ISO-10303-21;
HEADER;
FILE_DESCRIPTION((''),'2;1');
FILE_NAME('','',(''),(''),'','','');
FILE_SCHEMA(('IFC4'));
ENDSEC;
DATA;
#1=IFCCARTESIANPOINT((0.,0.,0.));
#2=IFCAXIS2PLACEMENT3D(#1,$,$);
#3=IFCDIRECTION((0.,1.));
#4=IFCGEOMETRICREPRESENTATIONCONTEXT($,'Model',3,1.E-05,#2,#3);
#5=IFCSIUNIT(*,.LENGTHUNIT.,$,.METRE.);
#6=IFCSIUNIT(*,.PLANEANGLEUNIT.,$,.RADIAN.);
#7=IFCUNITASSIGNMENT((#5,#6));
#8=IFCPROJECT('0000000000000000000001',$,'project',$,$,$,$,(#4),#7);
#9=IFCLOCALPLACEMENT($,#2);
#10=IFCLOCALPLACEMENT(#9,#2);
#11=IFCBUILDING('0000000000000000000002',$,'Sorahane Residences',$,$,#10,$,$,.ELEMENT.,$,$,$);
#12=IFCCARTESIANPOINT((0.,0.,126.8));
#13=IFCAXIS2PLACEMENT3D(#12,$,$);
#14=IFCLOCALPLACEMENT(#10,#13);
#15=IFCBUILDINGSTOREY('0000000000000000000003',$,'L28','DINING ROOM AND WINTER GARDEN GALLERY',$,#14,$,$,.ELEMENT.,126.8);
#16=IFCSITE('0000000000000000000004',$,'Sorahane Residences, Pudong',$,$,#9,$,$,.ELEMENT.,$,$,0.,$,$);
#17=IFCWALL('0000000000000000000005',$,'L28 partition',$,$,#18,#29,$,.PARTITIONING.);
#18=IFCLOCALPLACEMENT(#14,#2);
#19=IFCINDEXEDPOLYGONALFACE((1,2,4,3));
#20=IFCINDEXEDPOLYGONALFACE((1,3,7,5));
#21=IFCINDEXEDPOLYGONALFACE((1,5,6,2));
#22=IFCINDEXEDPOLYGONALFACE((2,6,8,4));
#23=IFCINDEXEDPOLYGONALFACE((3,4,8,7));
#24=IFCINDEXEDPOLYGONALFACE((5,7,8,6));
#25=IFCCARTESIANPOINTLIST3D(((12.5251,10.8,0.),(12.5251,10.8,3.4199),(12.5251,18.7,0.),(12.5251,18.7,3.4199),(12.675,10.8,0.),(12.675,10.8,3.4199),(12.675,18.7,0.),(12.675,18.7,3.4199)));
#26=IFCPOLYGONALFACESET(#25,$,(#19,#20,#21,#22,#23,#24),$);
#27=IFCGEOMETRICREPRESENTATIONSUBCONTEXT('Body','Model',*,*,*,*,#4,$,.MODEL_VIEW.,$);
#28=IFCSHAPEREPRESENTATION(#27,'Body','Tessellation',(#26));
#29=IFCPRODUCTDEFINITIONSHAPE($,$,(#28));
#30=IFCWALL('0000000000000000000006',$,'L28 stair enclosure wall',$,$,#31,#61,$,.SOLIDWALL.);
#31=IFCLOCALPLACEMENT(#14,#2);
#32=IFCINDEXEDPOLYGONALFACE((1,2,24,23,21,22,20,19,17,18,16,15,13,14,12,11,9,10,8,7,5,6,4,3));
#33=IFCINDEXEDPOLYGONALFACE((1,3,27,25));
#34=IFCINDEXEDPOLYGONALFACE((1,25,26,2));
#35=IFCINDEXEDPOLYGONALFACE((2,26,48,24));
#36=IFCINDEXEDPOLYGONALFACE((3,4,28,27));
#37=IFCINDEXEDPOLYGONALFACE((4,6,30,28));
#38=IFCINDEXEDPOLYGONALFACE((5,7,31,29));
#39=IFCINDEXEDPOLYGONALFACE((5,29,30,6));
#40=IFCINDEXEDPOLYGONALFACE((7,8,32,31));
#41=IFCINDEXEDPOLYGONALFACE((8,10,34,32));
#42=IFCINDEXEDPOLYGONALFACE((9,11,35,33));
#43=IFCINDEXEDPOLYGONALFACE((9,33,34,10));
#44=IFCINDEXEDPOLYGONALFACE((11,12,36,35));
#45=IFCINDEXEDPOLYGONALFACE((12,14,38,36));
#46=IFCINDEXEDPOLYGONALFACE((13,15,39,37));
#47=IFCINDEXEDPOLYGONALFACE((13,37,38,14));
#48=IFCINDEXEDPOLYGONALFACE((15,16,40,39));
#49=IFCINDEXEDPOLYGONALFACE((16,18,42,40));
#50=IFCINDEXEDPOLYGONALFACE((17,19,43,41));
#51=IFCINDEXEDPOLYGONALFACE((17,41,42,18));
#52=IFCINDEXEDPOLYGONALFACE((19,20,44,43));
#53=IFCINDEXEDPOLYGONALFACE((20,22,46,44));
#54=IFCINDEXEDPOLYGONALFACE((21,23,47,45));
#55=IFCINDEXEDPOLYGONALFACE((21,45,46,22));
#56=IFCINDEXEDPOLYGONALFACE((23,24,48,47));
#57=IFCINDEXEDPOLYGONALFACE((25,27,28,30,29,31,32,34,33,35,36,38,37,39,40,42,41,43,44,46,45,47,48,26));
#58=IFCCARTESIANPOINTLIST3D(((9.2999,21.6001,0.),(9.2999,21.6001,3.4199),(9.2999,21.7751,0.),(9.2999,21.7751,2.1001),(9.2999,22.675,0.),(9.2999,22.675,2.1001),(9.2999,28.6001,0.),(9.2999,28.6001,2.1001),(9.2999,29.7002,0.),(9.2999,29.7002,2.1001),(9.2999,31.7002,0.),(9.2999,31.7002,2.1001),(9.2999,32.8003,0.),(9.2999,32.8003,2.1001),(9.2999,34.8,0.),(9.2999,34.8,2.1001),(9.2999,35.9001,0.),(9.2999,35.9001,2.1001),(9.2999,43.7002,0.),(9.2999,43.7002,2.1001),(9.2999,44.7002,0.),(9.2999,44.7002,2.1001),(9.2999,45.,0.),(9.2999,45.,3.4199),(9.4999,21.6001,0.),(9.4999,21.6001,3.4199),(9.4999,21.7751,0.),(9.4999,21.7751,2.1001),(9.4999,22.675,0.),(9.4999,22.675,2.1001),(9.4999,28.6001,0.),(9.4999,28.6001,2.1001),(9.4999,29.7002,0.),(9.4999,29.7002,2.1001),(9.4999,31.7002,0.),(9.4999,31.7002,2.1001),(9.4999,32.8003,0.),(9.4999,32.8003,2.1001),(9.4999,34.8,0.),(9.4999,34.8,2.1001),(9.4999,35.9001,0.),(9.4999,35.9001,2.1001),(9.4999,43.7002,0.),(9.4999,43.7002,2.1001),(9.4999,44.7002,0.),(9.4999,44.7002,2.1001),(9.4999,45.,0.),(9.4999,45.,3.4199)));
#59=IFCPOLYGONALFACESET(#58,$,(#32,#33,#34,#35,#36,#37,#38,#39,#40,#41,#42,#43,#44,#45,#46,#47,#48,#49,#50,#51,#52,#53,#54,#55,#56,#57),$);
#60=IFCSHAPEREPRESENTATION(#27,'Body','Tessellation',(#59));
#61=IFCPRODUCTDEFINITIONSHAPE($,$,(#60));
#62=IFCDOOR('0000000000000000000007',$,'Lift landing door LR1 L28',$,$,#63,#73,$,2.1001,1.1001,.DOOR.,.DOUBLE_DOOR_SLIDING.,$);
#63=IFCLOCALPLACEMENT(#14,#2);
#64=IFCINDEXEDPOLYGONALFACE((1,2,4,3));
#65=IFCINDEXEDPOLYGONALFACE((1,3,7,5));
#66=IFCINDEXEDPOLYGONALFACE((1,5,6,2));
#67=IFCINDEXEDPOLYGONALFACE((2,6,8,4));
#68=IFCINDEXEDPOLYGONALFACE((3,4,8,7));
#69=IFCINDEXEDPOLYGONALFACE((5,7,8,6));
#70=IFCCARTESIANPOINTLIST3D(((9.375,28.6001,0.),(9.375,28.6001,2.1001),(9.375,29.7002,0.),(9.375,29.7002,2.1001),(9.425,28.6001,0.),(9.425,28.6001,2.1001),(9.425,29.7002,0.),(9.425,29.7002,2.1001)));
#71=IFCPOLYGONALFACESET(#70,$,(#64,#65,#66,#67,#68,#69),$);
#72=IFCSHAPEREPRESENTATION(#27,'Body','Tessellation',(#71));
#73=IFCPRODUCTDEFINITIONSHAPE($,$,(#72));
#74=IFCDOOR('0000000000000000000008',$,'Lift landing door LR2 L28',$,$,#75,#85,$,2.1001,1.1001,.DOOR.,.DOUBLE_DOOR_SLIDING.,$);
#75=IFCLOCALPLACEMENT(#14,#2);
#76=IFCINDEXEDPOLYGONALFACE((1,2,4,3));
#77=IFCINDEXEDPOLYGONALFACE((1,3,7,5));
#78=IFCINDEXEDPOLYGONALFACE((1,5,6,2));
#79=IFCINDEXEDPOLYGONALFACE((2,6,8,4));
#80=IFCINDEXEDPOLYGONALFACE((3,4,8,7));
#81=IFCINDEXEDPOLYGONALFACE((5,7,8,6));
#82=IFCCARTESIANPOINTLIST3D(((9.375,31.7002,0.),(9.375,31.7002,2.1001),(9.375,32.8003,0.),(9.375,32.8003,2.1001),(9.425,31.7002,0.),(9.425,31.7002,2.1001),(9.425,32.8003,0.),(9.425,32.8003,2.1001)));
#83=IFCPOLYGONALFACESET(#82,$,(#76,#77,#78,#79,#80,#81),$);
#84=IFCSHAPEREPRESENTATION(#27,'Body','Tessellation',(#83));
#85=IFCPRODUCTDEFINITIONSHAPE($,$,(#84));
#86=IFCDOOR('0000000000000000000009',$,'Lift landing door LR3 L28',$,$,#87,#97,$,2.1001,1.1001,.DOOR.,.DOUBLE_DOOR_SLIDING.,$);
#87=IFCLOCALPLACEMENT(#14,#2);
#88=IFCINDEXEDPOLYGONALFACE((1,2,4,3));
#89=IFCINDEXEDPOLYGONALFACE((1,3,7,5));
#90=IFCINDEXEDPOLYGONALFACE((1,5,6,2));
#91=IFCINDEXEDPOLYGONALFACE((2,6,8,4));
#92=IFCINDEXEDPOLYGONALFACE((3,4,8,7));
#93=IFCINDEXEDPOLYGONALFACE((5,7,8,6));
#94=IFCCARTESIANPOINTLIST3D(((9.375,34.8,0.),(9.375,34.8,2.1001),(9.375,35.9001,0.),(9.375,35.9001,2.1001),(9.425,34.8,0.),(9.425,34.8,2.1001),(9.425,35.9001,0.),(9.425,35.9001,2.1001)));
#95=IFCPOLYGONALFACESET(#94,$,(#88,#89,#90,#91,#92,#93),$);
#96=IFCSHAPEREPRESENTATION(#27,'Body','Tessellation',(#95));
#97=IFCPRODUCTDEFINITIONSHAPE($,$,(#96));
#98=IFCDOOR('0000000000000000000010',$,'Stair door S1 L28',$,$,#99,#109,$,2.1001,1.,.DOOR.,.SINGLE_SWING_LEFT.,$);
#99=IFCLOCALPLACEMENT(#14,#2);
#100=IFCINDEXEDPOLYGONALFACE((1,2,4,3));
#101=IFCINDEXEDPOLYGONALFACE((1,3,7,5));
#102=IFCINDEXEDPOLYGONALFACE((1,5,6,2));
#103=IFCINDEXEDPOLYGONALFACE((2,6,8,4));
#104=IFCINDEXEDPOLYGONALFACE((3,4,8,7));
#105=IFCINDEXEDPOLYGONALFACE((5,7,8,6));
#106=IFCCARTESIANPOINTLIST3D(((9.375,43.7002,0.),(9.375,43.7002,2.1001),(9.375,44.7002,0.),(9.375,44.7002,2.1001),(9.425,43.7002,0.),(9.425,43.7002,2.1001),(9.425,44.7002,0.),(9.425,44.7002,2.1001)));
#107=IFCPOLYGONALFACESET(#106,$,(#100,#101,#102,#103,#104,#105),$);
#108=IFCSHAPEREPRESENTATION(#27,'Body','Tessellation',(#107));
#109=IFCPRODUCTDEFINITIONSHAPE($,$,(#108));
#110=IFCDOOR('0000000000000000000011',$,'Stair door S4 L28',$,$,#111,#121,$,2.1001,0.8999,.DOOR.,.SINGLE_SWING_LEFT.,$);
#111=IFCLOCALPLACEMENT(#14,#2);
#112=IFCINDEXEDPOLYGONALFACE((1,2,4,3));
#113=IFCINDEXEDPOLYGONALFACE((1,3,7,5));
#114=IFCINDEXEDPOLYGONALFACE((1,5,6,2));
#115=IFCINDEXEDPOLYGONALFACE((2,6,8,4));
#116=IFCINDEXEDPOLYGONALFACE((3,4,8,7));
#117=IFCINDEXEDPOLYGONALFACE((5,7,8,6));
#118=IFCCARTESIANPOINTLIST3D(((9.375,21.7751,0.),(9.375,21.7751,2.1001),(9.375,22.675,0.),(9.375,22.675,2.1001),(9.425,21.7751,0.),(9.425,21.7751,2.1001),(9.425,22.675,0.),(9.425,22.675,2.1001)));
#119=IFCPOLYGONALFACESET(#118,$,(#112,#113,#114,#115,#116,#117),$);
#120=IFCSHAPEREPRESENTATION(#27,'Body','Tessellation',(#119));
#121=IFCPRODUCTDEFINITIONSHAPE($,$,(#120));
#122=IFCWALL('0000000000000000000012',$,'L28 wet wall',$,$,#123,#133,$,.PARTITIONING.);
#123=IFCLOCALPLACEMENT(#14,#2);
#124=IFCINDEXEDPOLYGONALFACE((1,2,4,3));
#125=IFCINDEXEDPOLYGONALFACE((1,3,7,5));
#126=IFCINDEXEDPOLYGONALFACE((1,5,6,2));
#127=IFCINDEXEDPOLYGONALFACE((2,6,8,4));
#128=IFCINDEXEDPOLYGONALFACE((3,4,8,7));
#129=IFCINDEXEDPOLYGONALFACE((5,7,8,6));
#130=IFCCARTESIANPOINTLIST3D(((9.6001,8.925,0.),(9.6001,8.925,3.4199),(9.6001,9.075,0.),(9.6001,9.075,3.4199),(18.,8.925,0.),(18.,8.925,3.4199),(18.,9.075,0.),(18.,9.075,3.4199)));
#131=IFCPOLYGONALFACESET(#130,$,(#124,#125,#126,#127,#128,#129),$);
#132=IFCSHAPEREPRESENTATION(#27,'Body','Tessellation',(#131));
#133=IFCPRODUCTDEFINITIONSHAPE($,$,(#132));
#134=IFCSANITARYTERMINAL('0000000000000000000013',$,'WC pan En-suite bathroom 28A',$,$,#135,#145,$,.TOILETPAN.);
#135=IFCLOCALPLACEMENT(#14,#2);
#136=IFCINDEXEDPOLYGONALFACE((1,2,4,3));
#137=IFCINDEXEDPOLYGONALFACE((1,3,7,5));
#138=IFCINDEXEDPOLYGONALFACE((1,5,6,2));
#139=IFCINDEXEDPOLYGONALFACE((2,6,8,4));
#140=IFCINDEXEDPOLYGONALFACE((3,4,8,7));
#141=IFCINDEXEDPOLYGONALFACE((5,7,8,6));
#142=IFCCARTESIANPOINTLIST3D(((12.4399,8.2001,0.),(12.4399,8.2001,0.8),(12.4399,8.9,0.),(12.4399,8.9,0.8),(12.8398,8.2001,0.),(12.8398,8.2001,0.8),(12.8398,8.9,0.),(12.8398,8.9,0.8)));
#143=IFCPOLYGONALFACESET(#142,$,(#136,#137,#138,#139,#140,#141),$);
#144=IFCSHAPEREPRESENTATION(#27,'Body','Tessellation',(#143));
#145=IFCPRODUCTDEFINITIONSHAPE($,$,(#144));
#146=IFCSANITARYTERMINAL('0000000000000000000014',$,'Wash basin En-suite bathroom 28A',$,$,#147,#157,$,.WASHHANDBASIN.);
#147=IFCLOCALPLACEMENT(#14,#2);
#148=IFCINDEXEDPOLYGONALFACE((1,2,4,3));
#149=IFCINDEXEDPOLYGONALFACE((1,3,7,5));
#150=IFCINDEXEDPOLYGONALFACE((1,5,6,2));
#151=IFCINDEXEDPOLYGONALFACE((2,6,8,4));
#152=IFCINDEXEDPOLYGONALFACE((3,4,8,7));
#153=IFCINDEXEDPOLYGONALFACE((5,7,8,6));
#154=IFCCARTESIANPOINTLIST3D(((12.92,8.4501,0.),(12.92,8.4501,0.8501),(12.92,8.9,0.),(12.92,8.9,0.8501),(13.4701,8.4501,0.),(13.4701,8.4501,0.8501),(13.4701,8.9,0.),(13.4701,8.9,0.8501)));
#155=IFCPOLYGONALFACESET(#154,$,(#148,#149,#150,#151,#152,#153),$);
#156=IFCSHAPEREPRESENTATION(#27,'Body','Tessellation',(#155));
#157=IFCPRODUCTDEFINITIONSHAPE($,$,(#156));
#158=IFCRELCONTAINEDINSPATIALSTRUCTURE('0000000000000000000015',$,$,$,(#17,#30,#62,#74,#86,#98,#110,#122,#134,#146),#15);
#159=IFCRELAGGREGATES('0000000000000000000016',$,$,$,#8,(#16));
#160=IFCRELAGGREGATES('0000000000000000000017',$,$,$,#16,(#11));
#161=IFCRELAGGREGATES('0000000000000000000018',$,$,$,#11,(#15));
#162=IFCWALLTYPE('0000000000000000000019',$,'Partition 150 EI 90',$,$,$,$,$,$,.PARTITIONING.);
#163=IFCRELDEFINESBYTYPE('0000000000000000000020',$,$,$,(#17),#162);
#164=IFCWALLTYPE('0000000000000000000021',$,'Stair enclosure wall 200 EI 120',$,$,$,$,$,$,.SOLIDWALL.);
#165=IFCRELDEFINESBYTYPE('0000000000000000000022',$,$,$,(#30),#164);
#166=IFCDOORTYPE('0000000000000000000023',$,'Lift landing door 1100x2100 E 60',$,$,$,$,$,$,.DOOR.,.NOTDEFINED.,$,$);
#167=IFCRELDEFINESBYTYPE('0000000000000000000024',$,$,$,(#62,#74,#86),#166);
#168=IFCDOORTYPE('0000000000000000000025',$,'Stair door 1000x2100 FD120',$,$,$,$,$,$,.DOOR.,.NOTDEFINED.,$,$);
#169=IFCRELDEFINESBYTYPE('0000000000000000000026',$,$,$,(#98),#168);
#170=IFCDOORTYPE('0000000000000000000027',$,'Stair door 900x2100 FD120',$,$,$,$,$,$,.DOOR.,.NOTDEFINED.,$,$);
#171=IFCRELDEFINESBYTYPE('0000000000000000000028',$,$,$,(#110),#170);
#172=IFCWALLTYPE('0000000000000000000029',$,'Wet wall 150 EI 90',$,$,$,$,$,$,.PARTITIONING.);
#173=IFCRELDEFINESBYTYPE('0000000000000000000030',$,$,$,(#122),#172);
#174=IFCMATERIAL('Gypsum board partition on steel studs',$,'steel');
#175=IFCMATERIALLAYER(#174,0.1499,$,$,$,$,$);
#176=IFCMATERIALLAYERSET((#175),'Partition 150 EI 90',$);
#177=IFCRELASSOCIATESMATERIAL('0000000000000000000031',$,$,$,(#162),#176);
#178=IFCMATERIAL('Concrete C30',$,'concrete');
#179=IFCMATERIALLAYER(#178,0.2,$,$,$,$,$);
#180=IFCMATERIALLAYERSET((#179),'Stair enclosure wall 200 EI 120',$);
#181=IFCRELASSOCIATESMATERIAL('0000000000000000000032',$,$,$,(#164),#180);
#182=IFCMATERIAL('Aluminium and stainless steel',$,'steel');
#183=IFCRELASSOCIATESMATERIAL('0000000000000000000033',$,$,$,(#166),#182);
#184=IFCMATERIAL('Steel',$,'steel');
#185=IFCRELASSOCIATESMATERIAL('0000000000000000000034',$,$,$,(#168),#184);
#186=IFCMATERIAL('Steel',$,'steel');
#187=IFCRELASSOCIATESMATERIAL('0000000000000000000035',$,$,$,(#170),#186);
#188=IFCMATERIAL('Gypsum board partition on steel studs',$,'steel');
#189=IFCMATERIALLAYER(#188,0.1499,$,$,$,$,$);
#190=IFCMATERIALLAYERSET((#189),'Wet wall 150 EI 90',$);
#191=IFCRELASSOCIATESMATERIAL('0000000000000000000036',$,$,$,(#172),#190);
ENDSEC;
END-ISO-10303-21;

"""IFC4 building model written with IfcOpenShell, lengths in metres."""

from ifc_helpers import new_model, si_unit, direction, frame, frame_2d, origin, origin_2d, place, context, subcontext, project, spatial, rectangle, extrude, material, layer, layer_set, type_object, element, fill, save


model = new_model("IFC4")

# Units and contexts
model_context = context("Model", 3, precision=1e-05, world=origin(), true_north=direction((0.0, 1.0)))
body_context = subcontext(model_context, "Body", "Model", "MODEL_VIEW")
ifc_project = project(units=[si_unit("LENGTHUNIT", "METRE"), si_unit("PLANEANGLEUNIT", "RADIAN")], contexts=[model_context])

# Site, building, storey
site_placement = place(None, origin())
site = spatial("IfcSite", under=ifc_project, at=site_placement, Name="Sorahane Residences, Pudong", CompositionType="ELEMENT", RefElevation=0.0)
building_placement = place(site_placement, origin())
building = spatial("IfcBuilding", under=site, at=building_placement, Name="Sorahane Residences", CompositionType="ELEMENT")
storey_placement = place(building_placement, frame((0.0, 0.0, 126.8)))
storey = spatial("IfcBuildingStorey", under=building, at=storey_placement, Name="L28", Description="DINING ROOM AND WINTER GARDEN GALLERY", CompositionType="ELEMENT", Elevation=126.8)

# Wall
ifc_material_1 = material(Name="Gypsum board partition on steel studs", Category="steel")
ifc_layer_1 = layer(ifc_material_1, 0.1499)
ifc_layer_set_1 = layer_set([ifc_layer_1], Name="Partition 150 EI 90")
wall_type_1 = type_object("IfcWallType", Name="Partition 150 EI 90", PredefinedType="PARTITIONING", material=ifc_layer_set_1)
wall_1_placement = place(storey_placement, frame((12.6001, 10.8, 0.0), z_axis=(0.0, 0.0, 1.0), x_axis=(0.0, 1.0, 0.0)))
element("IfcWall", 1, at=wall_1_placement, inside=storey, type_object=wall_type_1, Name="L28 partition", PredefinedType="PARTITIONING", context=body_context, shape_type="SweptSolid", body=[
    extrude(rectangle(XDim=7.8999, YDim=0.1499, at=frame_2d((3.95, 0.0))), origin(), (0.0, 0.0, 1.0), 3.4199),
])

# Wall, openings, doors
ifc_material_2 = material(Name="Concrete C30", Category="concrete")
ifc_layer_2 = layer(ifc_material_2, 0.2)
ifc_layer_set_2 = layer_set([ifc_layer_2], Name="Stair enclosure wall 200 EI 120")
wall_type_2 = type_object("IfcWallType", Name="Stair enclosure wall 200 EI 120", PredefinedType="SOLIDWALL", material=ifc_layer_set_2)
wall_2_placement = place(storey_placement, frame((9.3999, 21.6001, 0.0), z_axis=(0.0, 0.0, 1.0), x_axis=(0.0, 1.0, 0.0)))
wall_2 = element("IfcWall", 2, at=wall_2_placement, inside=storey, type_object=wall_type_2, Name="L28 stair enclosure wall", PredefinedType="SOLIDWALL", context=body_context, shape_type="SweptSolid", body=[
    extrude(rectangle(XDim=23.3999, YDim=0.2, at=frame_2d((11.7, 0.0))), origin(), (0.0, 0.0, 1.0), 3.4199),
])
opening_1_placement = place(wall_2_placement, frame((7.0, 0.0, 0.0)))
opening_1 = element("IfcOpeningElement", 3, at=opening_1_placement, cuts=wall_2, PredefinedType="OPENING", context=body_context, shape_type="SweptSolid", body=[
    extrude(rectangle(XDim=1.1001, YDim=2.1001, at=frame_2d((0.55, 1.05))), frame((0.0, 0.1099, 0.0), z_axis=(0.0, -1.0, 0.0), x_axis=(1.0, 0.0, 0.0)), (0.0, 0.0, 1.0), 0.22),
])
opening_2_placement = place(wall_2_placement, frame((10.1001, 0.0, 0.0)))
opening_2 = element("IfcOpeningElement", 4, at=opening_2_placement, cuts=wall_2, PredefinedType="OPENING", context=body_context, shape_type="SweptSolid", body=[
    extrude(rectangle(XDim=1.1001, YDim=2.1001, at=frame_2d((0.55, 1.05))), frame((0.0, 0.1099, 0.0), z_axis=(0.0, -1.0, 0.0), x_axis=(1.0, 0.0, 0.0)), (0.0, 0.0, 1.0), 0.22),
])
opening_3_placement = place(wall_2_placement, frame((13.2, 0.0, 0.0)))
opening_3 = element("IfcOpeningElement", 5, at=opening_3_placement, cuts=wall_2, PredefinedType="OPENING", context=body_context, shape_type="SweptSolid", body=[
    extrude(rectangle(XDim=1.1001, YDim=2.1001, at=frame_2d((0.55, 1.05))), frame((0.0, 0.1099, 0.0), z_axis=(0.0, -1.0, 0.0), x_axis=(1.0, 0.0, 0.0)), (0.0, 0.0, 1.0), 0.22),
])
opening_4_placement = place(wall_2_placement, frame((22.1001, 0.0, 0.0)))
opening_4 = element("IfcOpeningElement", 6, at=opening_4_placement, cuts=wall_2, PredefinedType="OPENING", context=body_context, shape_type="SweptSolid", body=[
    extrude(rectangle(XDim=1.0, YDim=2.1001, at=frame_2d((0.5, 1.05))), frame((0.0, 0.1099, 0.0), z_axis=(0.0, -1.0, 0.0), x_axis=(1.0, 0.0, 0.0)), (0.0, 0.0, 1.0), 0.22),
])
opening_5_placement = place(wall_2_placement, frame((0.175, 0.0, 0.0)))
opening_5 = element("IfcOpeningElement", 7, at=opening_5_placement, cuts=wall_2, PredefinedType="OPENING", context=body_context, shape_type="SweptSolid", body=[
    extrude(rectangle(XDim=0.8999, YDim=2.1001, at=frame_2d((0.45, 1.05))), frame((0.0, 0.1099, 0.0), z_axis=(0.0, -1.0, 0.0), x_axis=(1.0, 0.0, 0.0)), (0.0, 0.0, 1.0), 0.22),
])
ifc_material_3 = material(Name="Aluminium and stainless steel", Category="steel")
door_type_1 = type_object("IfcDoorType", Name="Lift landing door 1100x2100 E 60", OperationType="NOTDEFINED", PredefinedType="DOOR", material=ifc_material_3)
door_1_placement = place(opening_1_placement, origin())
door_1 = element("IfcDoor", 8, at=door_1_placement, inside=storey, type_object=door_type_1, Name="Lift landing door LR1 L28", OperationType="DOUBLE_DOOR_SLIDING", OverallHeight=2.1001, OverallWidth=1.1001, PredefinedType="DOOR", context=body_context, shape_type="SweptSolid", body=[
    extrude(rectangle(XDim=1.1001, YDim=2.1001, at=frame_2d((0.55, 1.05))), frame((0.0, 0.0249, 0.0), z_axis=(0.0, -1.0, 0.0), x_axis=(1.0, 0.0, 0.0)), (0.0, 0.0, 1.0), 0.05),
])
fill(opening_1, door_1)
door_2_placement = place(opening_2_placement, origin())
door_2 = element("IfcDoor", 9, at=door_2_placement, inside=storey, type_object=door_type_1, Name="Lift landing door LR2 L28", OperationType="DOUBLE_DOOR_SLIDING", OverallHeight=2.1001, OverallWidth=1.1001, PredefinedType="DOOR", context=body_context, shape_type="SweptSolid", body=[
    extrude(rectangle(XDim=1.1001, YDim=2.1001, at=frame_2d((0.55, 1.05))), frame((0.0, 0.0249, 0.0), z_axis=(0.0, -1.0, 0.0), x_axis=(1.0, 0.0, 0.0)), (0.0, 0.0, 1.0), 0.05),
])
fill(opening_2, door_2)
door_3_placement = place(opening_3_placement, origin())
door_3 = element("IfcDoor", 10, at=door_3_placement, inside=storey, type_object=door_type_1, Name="Lift landing door LR3 L28", OperationType="DOUBLE_DOOR_SLIDING", OverallHeight=2.1001, OverallWidth=1.1001, PredefinedType="DOOR", context=body_context, shape_type="SweptSolid", body=[
    extrude(rectangle(XDim=1.1001, YDim=2.1001, at=frame_2d((0.55, 1.05))), frame((0.0, 0.0249, 0.0), z_axis=(0.0, -1.0, 0.0), x_axis=(1.0, 0.0, 0.0)), (0.0, 0.0, 1.0), 0.05),
])
fill(opening_3, door_3)
ifc_material_4 = material(Name="Steel", Category="steel")
door_type_2 = type_object("IfcDoorType", Name="Stair door 1000x2100 FD120", OperationType="NOTDEFINED", PredefinedType="DOOR", material=ifc_material_4)
door_4_placement = place(opening_4_placement, origin())
door_4 = element("IfcDoor", 11, at=door_4_placement, inside=storey, type_object=door_type_2, Name="Stair door S1 L28", OperationType="SINGLE_SWING_LEFT", OverallHeight=2.1001, OverallWidth=1.0, PredefinedType="DOOR", context=body_context, shape_type="SweptSolid", body=[
    extrude(rectangle(XDim=1.0, YDim=2.1001, at=frame_2d((0.5, 1.05))), frame((0.0, 0.0249, 0.0), z_axis=(0.0, -1.0, 0.0), x_axis=(1.0, 0.0, 0.0)), (0.0, 0.0, 1.0), 0.05),
])
fill(opening_4, door_4)
ifc_material_5 = material(Name="Steel", Category="steel")
door_type_3 = type_object("IfcDoorType", Name="Stair door 900x2100 FD120", OperationType="NOTDEFINED", PredefinedType="DOOR", material=ifc_material_5)
door_5_placement = place(opening_5_placement, origin())
door_5 = element("IfcDoor", 12, at=door_5_placement, inside=storey, type_object=door_type_3, Name="Stair door S4 L28", OperationType="SINGLE_SWING_LEFT", OverallHeight=2.1001, OverallWidth=0.8999, PredefinedType="DOOR", context=body_context, shape_type="SweptSolid", body=[
    extrude(rectangle(XDim=0.8999, YDim=2.1001, at=frame_2d((0.45, 1.05))), frame((0.0, 0.0249, 0.0), z_axis=(0.0, -1.0, 0.0), x_axis=(1.0, 0.0, 0.0)), (0.0, 0.0, 1.0), 0.05),
])
fill(opening_5, door_5)

# Wall
ifc_material_6 = material(Name="Gypsum board partition on steel studs", Category="steel")
ifc_layer_3 = layer(ifc_material_6, 0.1499)
ifc_layer_set_3 = layer_set([ifc_layer_3], Name="Wet wall 150 EI 90")
wall_type_3 = type_object("IfcWallType", Name="Wet wall 150 EI 90", PredefinedType="PARTITIONING", material=ifc_layer_set_3)
wall_3_placement = place(storey_placement, frame((9.6001, 9.0, 0.0), z_axis=(0.0, 0.0, 1.0), x_axis=(1.0, 0.0, 0.0)))
element("IfcWall", 13, at=wall_3_placement, inside=storey, type_object=wall_type_3, Name="L28 wet wall", PredefinedType="PARTITIONING", context=body_context, shape_type="SweptSolid", body=[
    extrude(rectangle(XDim=8.3999, YDim=0.1499, at=frame_2d((4.2, 0.0))), origin(), (0.0, 0.0, 1.0), 3.4199),
])

# Sanitary terminals
sanitary_terminal_1_placement = place(storey_placement, frame((12.6399, 8.55, 0.0), z_axis=(0.0, 0.0, 1.0), x_axis=(1.0, 0.0, 0.0)))
element("IfcSanitaryTerminal", 14, at=sanitary_terminal_1_placement, inside=storey, Name="WC pan En-suite bathroom 28A", PredefinedType="TOILETPAN", context=body_context, shape_type="SweptSolid", body=[
    extrude(rectangle(XDim=0.3999, YDim=0.7, at=origin_2d()), origin(), (0.0, 0.0, 1.0), 0.8),
])
sanitary_terminal_2_placement = place(storey_placement, frame((13.1951, 8.675, 0.0), z_axis=(0.0, 0.0, 1.0), x_axis=(1.0, 0.0, 0.0)))
element("IfcSanitaryTerminal", 15, at=sanitary_terminal_2_placement, inside=storey, Name="Wash basin En-suite bathroom 28A", PredefinedType="WASHHANDBASIN", context=body_context, shape_type="SweptSolid", body=[
    extrude(rectangle(XDim=0.55, YDim=0.45, at=origin_2d()), origin(), (0.0, 0.0, 1.0), 0.8501),
])

save(model, "model.ifc")
